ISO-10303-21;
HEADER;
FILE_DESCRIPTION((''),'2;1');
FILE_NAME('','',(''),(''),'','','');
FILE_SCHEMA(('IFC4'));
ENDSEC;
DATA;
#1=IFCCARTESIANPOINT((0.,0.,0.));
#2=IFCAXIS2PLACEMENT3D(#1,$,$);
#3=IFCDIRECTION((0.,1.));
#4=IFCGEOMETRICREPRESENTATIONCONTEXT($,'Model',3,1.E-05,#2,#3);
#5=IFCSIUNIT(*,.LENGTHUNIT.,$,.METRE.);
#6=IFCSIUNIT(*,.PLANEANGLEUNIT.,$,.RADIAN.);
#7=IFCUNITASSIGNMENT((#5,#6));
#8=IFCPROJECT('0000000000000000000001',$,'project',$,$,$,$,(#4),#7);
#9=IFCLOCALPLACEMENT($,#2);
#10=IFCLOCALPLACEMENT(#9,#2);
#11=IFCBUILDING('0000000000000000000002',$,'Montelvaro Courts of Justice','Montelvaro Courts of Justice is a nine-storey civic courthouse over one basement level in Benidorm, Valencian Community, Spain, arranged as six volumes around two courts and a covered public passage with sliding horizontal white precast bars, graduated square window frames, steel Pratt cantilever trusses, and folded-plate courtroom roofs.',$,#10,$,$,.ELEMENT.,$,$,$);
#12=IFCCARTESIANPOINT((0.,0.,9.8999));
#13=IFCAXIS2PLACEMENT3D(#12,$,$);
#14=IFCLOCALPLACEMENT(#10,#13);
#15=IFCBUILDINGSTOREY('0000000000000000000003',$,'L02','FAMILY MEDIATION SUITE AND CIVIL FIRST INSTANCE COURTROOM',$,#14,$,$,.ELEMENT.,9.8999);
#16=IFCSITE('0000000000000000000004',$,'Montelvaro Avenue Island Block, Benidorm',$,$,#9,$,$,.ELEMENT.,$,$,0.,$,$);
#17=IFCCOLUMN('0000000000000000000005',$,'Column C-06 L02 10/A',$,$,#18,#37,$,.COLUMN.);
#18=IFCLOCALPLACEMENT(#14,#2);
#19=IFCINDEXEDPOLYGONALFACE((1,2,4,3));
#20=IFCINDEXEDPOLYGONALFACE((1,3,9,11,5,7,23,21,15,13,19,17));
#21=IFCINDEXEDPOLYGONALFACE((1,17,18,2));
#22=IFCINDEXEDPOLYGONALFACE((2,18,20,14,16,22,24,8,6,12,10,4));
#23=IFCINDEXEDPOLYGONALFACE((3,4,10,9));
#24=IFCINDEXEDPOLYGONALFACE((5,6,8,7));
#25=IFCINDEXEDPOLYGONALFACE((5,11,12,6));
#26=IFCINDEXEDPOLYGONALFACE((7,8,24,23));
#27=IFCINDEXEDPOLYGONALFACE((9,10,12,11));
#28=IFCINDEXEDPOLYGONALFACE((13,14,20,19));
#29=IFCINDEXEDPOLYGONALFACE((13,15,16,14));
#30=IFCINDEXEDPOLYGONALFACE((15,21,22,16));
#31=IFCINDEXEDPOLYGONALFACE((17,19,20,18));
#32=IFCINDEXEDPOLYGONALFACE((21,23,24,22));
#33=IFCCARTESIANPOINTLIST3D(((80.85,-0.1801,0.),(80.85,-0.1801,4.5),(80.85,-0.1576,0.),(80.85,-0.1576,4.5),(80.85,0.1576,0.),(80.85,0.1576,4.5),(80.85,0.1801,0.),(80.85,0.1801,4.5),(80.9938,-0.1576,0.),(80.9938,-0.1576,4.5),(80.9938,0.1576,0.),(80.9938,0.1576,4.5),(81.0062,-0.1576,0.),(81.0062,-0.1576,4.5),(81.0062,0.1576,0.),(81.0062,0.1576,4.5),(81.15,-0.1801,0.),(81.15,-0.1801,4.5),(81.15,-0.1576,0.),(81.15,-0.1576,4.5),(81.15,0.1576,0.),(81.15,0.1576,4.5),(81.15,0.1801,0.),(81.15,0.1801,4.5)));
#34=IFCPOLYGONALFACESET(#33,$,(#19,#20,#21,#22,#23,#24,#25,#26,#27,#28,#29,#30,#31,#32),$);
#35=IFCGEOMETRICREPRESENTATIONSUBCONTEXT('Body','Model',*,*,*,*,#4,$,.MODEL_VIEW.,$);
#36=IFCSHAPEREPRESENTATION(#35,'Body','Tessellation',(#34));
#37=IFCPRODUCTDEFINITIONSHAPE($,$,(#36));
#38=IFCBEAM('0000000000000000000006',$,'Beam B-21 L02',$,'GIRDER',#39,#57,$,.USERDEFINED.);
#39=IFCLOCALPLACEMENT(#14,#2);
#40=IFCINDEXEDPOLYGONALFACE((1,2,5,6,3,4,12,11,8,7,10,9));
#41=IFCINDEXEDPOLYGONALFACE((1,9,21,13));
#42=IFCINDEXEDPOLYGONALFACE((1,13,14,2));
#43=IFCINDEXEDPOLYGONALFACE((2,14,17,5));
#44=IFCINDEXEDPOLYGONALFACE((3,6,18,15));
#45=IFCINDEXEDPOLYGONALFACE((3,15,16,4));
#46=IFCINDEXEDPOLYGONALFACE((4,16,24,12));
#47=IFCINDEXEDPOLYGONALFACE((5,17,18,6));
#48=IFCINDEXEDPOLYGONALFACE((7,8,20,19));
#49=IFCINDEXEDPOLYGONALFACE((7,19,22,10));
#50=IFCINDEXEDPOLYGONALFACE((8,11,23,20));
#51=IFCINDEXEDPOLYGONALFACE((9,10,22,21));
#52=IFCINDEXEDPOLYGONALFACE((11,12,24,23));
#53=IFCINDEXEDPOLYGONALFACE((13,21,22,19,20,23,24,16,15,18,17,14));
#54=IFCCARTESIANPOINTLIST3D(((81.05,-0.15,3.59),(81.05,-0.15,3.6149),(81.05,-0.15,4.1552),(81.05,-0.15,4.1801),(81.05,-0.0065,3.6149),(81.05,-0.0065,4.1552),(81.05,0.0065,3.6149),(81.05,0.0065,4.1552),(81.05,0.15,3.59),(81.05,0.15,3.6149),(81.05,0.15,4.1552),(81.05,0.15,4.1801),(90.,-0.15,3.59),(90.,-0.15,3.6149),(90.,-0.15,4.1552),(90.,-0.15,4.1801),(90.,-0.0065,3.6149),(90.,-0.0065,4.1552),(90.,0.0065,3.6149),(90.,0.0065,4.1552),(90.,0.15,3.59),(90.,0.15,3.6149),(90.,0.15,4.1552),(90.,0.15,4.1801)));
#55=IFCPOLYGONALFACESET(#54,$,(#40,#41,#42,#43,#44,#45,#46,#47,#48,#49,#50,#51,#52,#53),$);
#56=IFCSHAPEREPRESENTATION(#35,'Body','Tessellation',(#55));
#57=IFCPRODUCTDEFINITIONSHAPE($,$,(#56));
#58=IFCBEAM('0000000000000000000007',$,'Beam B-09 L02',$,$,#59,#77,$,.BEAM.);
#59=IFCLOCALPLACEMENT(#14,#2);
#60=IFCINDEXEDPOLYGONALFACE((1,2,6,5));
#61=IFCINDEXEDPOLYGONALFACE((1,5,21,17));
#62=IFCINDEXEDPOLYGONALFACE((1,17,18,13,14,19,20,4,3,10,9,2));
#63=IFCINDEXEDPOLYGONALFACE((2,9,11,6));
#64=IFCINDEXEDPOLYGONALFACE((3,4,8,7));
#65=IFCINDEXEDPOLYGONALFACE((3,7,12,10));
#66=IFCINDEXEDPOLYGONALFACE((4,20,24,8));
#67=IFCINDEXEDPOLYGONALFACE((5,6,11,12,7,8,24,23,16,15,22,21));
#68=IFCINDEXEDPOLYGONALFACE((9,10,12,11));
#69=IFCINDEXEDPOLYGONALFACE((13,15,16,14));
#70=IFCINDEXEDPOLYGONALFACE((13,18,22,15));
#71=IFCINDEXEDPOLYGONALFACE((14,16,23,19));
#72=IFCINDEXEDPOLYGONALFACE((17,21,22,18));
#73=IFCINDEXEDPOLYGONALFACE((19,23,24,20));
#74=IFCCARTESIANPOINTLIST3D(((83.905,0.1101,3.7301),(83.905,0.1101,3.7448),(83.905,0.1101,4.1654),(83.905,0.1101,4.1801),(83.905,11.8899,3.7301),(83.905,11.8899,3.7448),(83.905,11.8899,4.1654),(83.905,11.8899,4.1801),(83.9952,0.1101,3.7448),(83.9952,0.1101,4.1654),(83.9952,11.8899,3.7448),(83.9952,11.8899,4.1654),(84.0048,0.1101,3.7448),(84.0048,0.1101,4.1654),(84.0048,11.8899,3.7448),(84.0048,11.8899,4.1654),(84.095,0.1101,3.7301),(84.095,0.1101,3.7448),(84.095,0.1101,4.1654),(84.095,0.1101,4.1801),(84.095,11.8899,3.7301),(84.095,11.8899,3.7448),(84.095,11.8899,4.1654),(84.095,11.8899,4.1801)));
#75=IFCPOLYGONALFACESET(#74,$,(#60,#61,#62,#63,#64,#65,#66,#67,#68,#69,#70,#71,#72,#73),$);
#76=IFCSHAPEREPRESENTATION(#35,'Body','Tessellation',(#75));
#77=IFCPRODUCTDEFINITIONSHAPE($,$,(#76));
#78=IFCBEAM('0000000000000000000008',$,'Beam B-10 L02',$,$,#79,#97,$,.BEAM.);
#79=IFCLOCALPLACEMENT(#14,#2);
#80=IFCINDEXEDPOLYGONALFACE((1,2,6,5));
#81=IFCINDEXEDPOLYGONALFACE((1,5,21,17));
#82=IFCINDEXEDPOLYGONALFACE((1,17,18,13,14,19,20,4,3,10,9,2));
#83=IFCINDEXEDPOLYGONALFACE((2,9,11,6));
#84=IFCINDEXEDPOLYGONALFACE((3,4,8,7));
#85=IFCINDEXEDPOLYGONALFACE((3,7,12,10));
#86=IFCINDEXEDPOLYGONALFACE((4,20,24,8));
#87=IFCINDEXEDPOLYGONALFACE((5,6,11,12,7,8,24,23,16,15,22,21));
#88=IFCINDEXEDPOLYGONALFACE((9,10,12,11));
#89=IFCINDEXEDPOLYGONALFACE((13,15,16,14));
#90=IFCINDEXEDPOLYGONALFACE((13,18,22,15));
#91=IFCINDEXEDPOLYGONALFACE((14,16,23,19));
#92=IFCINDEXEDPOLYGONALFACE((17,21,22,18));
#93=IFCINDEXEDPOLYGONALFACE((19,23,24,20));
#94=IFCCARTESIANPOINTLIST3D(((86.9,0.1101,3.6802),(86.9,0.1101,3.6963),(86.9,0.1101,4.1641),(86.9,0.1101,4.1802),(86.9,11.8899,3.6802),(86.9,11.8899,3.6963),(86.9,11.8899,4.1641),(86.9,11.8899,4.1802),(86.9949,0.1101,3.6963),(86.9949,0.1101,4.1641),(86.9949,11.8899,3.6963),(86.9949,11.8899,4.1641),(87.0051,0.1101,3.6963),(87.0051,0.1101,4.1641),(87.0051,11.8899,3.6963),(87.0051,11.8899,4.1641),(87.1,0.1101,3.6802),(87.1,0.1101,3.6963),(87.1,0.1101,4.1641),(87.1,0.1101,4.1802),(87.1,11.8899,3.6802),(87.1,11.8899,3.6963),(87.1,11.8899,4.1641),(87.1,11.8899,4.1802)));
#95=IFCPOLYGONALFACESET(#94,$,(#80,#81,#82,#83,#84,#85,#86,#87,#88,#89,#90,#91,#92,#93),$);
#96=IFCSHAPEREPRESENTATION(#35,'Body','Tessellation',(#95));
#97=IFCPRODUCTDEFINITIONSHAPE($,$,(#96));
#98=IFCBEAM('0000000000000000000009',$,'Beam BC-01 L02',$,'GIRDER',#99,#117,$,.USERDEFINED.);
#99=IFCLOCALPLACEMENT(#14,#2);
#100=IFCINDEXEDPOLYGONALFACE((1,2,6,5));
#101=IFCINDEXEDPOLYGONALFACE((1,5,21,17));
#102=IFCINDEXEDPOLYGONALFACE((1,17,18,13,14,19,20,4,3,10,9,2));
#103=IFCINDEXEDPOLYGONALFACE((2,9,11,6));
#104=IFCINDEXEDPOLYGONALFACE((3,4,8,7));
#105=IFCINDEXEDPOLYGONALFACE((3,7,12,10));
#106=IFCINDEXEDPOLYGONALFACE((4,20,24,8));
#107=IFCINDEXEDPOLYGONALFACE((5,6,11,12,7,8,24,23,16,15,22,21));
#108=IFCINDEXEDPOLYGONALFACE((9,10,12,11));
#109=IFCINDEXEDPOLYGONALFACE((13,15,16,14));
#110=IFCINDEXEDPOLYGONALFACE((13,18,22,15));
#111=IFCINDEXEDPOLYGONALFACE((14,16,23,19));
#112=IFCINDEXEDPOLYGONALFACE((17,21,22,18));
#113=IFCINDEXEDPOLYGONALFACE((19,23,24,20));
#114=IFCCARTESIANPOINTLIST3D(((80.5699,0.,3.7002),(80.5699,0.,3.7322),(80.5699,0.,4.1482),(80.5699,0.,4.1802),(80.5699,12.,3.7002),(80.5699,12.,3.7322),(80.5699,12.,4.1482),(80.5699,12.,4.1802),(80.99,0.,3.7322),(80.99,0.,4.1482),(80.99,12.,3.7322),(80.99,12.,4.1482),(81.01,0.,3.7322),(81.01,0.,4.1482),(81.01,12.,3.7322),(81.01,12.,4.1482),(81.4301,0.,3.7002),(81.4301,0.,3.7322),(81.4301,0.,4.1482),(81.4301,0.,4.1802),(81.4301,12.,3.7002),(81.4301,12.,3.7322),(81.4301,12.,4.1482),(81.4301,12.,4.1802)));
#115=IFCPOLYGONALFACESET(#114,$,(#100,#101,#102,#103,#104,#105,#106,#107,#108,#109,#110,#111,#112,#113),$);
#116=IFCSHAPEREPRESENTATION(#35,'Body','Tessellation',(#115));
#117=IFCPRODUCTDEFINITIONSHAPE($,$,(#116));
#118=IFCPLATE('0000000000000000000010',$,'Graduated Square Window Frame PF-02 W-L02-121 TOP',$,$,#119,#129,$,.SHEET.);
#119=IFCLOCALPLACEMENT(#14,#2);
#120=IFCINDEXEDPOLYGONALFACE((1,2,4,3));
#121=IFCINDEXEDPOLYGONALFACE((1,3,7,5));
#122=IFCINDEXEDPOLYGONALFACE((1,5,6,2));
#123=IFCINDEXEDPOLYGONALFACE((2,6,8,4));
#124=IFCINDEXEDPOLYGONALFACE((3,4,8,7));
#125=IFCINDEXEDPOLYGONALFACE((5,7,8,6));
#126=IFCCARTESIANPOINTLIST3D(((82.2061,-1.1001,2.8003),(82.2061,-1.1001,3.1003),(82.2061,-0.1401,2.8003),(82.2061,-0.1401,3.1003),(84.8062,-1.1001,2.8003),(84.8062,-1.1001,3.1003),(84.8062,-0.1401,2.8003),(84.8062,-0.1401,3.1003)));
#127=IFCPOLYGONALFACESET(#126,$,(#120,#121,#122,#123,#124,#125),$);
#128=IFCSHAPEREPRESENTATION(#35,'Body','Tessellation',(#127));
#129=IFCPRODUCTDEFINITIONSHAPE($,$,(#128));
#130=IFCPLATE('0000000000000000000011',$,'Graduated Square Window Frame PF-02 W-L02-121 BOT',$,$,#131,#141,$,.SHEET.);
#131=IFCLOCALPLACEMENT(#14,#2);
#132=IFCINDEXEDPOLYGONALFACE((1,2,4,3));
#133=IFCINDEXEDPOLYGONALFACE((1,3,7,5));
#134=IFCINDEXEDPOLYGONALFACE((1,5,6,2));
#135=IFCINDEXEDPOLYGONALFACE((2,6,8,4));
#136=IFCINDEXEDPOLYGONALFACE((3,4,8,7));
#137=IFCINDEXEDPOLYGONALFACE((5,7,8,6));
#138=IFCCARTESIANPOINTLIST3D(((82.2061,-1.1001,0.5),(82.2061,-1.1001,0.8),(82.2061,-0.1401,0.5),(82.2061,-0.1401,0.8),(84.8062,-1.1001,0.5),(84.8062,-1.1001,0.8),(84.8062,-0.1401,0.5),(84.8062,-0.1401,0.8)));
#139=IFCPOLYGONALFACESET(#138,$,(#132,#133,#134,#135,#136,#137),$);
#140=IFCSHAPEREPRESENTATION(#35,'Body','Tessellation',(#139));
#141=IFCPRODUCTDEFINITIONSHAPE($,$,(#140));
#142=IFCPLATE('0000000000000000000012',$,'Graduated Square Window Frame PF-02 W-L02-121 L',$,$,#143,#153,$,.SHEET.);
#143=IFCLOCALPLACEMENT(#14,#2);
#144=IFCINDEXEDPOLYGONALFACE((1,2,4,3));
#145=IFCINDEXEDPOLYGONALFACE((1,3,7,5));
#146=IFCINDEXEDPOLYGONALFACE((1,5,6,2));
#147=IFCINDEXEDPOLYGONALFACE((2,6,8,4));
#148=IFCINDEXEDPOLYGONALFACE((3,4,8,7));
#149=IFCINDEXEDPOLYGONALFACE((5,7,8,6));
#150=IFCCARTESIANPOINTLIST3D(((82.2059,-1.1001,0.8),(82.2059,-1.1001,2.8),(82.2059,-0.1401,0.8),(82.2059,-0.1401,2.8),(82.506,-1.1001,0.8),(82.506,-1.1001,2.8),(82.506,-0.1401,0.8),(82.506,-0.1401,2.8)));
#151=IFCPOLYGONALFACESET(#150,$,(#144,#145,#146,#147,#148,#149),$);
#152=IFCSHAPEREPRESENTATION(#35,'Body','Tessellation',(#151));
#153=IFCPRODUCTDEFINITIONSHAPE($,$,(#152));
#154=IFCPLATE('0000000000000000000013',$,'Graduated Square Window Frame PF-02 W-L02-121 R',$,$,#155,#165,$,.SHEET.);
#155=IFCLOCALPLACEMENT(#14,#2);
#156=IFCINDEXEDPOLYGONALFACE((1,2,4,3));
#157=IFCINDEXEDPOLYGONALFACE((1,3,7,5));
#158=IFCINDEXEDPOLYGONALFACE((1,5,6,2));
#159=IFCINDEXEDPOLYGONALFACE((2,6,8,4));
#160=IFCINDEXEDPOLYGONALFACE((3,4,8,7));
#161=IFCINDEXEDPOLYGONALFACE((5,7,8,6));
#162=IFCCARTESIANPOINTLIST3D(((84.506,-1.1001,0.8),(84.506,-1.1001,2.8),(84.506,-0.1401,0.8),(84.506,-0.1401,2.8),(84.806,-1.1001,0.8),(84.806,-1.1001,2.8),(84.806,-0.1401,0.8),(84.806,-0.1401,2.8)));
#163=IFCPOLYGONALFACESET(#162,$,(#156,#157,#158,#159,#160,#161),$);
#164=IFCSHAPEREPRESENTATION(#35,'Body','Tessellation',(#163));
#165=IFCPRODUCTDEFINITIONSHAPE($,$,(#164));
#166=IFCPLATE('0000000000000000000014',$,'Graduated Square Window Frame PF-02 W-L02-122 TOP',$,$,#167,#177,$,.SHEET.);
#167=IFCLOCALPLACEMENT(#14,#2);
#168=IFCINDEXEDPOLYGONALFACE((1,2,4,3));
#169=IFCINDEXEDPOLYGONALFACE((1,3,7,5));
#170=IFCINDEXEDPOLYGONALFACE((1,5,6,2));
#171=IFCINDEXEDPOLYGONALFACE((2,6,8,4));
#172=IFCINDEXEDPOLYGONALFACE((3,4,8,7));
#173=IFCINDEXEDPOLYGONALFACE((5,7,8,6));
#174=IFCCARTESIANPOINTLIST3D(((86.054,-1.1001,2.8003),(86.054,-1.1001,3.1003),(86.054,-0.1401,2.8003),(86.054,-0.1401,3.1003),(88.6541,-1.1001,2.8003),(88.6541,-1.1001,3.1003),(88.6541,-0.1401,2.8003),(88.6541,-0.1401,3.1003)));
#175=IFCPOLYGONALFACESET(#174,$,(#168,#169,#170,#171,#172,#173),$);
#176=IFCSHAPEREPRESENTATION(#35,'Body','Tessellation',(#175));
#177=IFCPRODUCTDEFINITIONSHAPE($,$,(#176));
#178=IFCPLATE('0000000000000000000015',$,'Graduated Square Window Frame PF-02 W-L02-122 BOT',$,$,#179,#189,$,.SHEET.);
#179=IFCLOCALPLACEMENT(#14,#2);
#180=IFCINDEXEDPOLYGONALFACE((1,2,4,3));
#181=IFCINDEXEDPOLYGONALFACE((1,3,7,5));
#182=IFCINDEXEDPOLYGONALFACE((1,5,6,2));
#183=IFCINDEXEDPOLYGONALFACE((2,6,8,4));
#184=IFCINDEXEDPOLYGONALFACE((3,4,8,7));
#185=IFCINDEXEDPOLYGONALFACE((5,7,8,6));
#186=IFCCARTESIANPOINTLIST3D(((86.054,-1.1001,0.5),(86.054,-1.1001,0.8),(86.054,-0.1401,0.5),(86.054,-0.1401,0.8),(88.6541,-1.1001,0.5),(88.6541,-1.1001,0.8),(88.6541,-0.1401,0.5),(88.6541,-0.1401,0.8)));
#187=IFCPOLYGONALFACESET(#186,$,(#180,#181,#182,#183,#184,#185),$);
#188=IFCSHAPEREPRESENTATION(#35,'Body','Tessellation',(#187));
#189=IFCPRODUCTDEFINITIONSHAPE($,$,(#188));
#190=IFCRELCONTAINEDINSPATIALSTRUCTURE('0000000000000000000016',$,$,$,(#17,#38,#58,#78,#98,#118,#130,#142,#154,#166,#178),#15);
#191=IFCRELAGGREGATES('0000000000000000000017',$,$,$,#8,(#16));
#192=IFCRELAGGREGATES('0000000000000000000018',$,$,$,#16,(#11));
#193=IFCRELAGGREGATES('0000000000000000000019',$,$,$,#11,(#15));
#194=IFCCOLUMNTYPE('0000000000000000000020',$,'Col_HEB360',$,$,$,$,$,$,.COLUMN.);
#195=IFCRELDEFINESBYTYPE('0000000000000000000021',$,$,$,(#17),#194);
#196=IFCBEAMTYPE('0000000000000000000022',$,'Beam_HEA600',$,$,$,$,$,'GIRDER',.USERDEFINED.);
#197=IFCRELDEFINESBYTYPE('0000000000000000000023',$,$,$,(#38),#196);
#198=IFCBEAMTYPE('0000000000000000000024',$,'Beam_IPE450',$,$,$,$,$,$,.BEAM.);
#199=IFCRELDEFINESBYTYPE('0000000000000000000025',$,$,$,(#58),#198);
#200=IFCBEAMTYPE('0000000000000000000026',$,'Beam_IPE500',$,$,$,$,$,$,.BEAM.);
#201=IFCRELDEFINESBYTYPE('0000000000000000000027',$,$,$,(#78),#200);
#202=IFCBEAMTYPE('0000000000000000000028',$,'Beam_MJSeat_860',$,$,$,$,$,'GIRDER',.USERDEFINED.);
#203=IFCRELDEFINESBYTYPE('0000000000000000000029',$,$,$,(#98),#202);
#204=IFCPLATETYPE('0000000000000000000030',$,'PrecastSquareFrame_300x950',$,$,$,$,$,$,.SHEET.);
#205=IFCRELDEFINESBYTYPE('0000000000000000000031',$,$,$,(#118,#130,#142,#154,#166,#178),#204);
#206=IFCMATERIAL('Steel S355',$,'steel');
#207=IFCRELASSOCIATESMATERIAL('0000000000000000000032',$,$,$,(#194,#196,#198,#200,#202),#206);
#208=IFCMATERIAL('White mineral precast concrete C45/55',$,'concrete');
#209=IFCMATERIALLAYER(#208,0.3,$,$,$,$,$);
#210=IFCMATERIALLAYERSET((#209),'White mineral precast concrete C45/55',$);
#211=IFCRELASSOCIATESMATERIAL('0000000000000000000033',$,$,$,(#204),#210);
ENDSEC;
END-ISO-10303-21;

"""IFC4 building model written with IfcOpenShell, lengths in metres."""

from ifc_helpers import new_model, si_unit, direction, frame, origin, origin_2d, place, context, subcontext, project, spatial, rectangle, i_section, extrude, material, layer, layer_set, material_profile, profile_set, type_object, element, save


model = new_model("IFC4")

# Units and contexts
model_context = context("Model", 3, precision=1e-05, world=origin(), true_north=direction((0.0, 1.0)))
body_context = subcontext(model_context, "Body", "Model", "MODEL_VIEW")
ifc_project = project(units=[si_unit("LENGTHUNIT", "METRE"), si_unit("PLANEANGLEUNIT", "RADIAN")], contexts=[model_context])

# Site, building, storey
site_placement = place(None, origin())
site = spatial("IfcSite", under=ifc_project, at=site_placement, Name="Montelvaro Avenue Island Block, Benidorm", CompositionType="ELEMENT", RefElevation=0.0)
building_placement = place(site_placement, origin())
building = spatial("IfcBuilding", under=site, at=building_placement, Name="Montelvaro Courts of Justice", Description="Montelvaro Courts of Justice is a nine-storey civic courthouse over one basement level in Benidorm, Valencian Community, Spain, arranged as six volumes around two courts and a covered public passage with sliding horizontal white precast bars, graduated square window frames, steel Pratt cantilever trusses, and folded-plate courtroom roofs.", CompositionType="ELEMENT")
storey_placement = place(building_placement, frame((0.0, 0.0, 9.8999)))
storey = spatial("IfcBuildingStorey", under=building, at=storey_placement, Name="L02", Description="FAMILY MEDIATION SUITE AND CIVIL FIRST INSTANCE COURTROOM", CompositionType="ELEMENT", Elevation=9.8999)

# Column
ifc_material_1 = material(Name="Steel S355", Category="steel")
ifc_material_profile_1 = material_profile(ifc_material_1, i_section(OverallWidth=0.3, OverallDepth=0.3601, WebThickness=0.0125, FlangeThickness=0.0225, at=origin_2d()), Name="HEB 360")
ifc_profile_set_1 = profile_set([ifc_material_profile_1], Name="Steel S355")
column_type = type_object("IfcColumnType", Name="Col_HEB360", PredefinedType="COLUMN", material=ifc_profile_set_1)
column_placement = place(storey_placement, frame((81.0, 0.0, 0.0), z_axis=(0.0, 0.0, 1.0), x_axis=(1.0, 0.0, 0.0)))
element("IfcColumn", 1, at=column_placement, inside=storey, type_object=column_type, Name="Column C-06 L02 10/A", PredefinedType="COLUMN", context=body_context, shape_type="SweptSolid", body=[
    extrude(i_section(OverallWidth=0.3, OverallDepth=0.3601, WebThickness=0.0125, FlangeThickness=0.0225, at=origin_2d()), origin(), (0.0, 0.0, 1.0), 4.5),
])

# Beams
ifc_material_profile_2 = material_profile(ifc_material_1, i_section(OverallWidth=0.3, OverallDepth=0.5901, WebThickness=0.0129, FlangeThickness=0.0249, at=origin_2d()), Name="HEA 600")
ifc_profile_set_2 = profile_set([ifc_material_profile_2], Name="Steel S355")
beam_type_1 = type_object("IfcBeamType", Name="Beam_HEA600", ElementType="GIRDER", PredefinedType="USERDEFINED", material=ifc_profile_set_2)
beam_1_placement = place(storey_placement, frame((81.05, 0.0, 3.885), z_axis=(1.0, 0.0, 0.0), x_axis=(0.0, 1.0, 0.0)))
element("IfcBeam", 2, at=beam_1_placement, inside=storey, type_object=beam_type_1, Name="Beam B-21 L02", ObjectType="GIRDER", PredefinedType="USERDEFINED", context=body_context, shape_type="SweptSolid", body=[
    extrude(i_section(OverallWidth=0.3, OverallDepth=0.5901, WebThickness=0.0129, FlangeThickness=0.0249, at=origin_2d()), origin(), (0.0, 0.0, 1.0), 8.95),
])
ifc_material_profile_3 = material_profile(ifc_material_1, i_section(OverallWidth=0.1899, OverallDepth=0.45, WebThickness=0.0095, FlangeThickness=0.0146, at=origin_2d()), Name="IPE 450")
ifc_profile_set_3 = profile_set([ifc_material_profile_3], Name="Steel S355")
beam_type_2 = type_object("IfcBeamType", Name="Beam_IPE450", PredefinedType="BEAM", material=ifc_profile_set_3)
beam_2_placement = place(storey_placement, frame((84.0, 0.1101, 3.9551), z_axis=(0.0, 1.0, 0.0), x_axis=(-1.0, 0.0, 0.0)))
element("IfcBeam", 3, at=beam_2_placement, inside=storey, type_object=beam_type_2, Name="Beam B-09 L02", PredefinedType="BEAM", context=body_context, shape_type="SweptSolid", body=[
    extrude(i_section(OverallWidth=0.1899, OverallDepth=0.45, WebThickness=0.0095, FlangeThickness=0.0146, at=origin_2d()), origin(), (0.0, 0.0, 1.0), 11.7798),
])
ifc_material_profile_4 = material_profile(ifc_material_1, i_section(OverallWidth=0.2, OverallDepth=0.5, WebThickness=0.0103, FlangeThickness=0.0161, at=origin_2d()), Name="IPE 500")
ifc_profile_set_4 = profile_set([ifc_material_profile_4], Name="Steel S355")
beam_type_3 = type_object("IfcBeamType", Name="Beam_IPE500", PredefinedType="BEAM", material=ifc_profile_set_4)
beam_3_placement = place(storey_placement, frame((87.0, 0.1101, 3.9302), z_axis=(0.0, 1.0, 0.0), x_axis=(-1.0, 0.0, 0.0)))
element("IfcBeam", 4, at=beam_3_placement, inside=storey, type_object=beam_type_3, Name="Beam B-10 L02", PredefinedType="BEAM", context=body_context, shape_type="SweptSolid", body=[
    extrude(i_section(OverallWidth=0.2, OverallDepth=0.5, WebThickness=0.0103, FlangeThickness=0.0161, at=origin_2d()), origin(), (0.0, 0.0, 1.0), 11.7798),
])
ifc_material_profile_5 = material_profile(ifc_material_1, i_section(OverallWidth=0.8601, OverallDepth=0.48, WebThickness=0.02, FlangeThickness=0.032, at=origin_2d()), Name="HL 480x860")
ifc_profile_set_5 = profile_set([ifc_material_profile_5], Name="Steel S355")
beam_type_4 = type_object("IfcBeamType", Name="Beam_MJSeat_860", ElementType="GIRDER", PredefinedType="USERDEFINED", material=ifc_profile_set_5)
beam_4_placement = place(storey_placement, frame((81.0, 0.0, 3.9402), z_axis=(0.0, 1.0, 0.0), x_axis=(-1.0, 0.0, 0.0)))
element("IfcBeam", 5, at=beam_4_placement, inside=storey, type_object=beam_type_4, Name="Beam BC-01 L02", ObjectType="GIRDER", PredefinedType="USERDEFINED", context=body_context, shape_type="SweptSolid", body=[
    extrude(i_section(OverallWidth=0.8601, OverallDepth=0.48, WebThickness=0.02, FlangeThickness=0.032, at=origin_2d()), origin(), (0.0, 0.0, 1.0), 12.0),
])

# Plates
ifc_material_2 = material(Name="White mineral precast concrete C45/55", Category="concrete")
ifc_layer_1 = layer(ifc_material_2, 0.3)
ifc_layer_set_1 = layer_set([ifc_layer_1], Name="White mineral precast concrete C45/55")
plate_type = type_object("IfcPlateType", Name="PrecastSquareFrame_300x950", PredefinedType="SHEET", material=ifc_layer_set_1)
for number, where, z_axis, x_axis, name in (
    (6, (83.5061, -0.6201, 2.8003), (0.0, 0.0, 1.0), (1.0, 0.0, 0.0), "Graduated Square Window Frame PF-02 W-L02-121 TOP"),
    (7, (83.5061, -0.6201, 0.5), (0.0, 0.0, 1.0), (1.0, 0.0, 0.0), "Graduated Square Window Frame PF-02 W-L02-121 BOT"),
):
    element("IfcPlate", number, at=place(storey_placement, frame(where, z_axis=z_axis, x_axis=x_axis)), inside=storey, type_object=plate_type, Name=name, PredefinedType="SHEET", context=body_context, shape_type="SweptSolid", body=[
        extrude(rectangle(XDim=2.6001, YDim=0.96, at=origin_2d()), origin(), (0.0, 0.0, 1.0), 0.3),
    ])
for number, where, z_axis, x_axis, name in (
    (8, (82.356, -0.6201, 0.8), (0.0, 0.0, 1.0), (1.0, 0.0, 0.0), "Graduated Square Window Frame PF-02 W-L02-121 L"),
    (9, (84.656, -0.6201, 0.8), (0.0, 0.0, 1.0), (1.0, 0.0, 0.0), "Graduated Square Window Frame PF-02 W-L02-121 R"),
):
    element("IfcPlate", number, at=place(storey_placement, frame(where, z_axis=z_axis, x_axis=x_axis)), inside=storey, type_object=plate_type, Name=name, PredefinedType="SHEET", context=body_context, shape_type="SweptSolid", body=[
        extrude(rectangle(XDim=0.3, YDim=0.96, at=origin_2d()), origin(), (0.0, 0.0, 1.0), 2.0),
    ])
for number, where, z_axis, x_axis, name in (
    (10, (87.354, -0.6201, 2.8003), (0.0, 0.0, 1.0), (1.0, 0.0, 0.0), "Graduated Square Window Frame PF-02 W-L02-122 TOP"),
    (11, (87.354, -0.6201, 0.5), (0.0, 0.0, 1.0), (1.0, 0.0, 0.0), "Graduated Square Window Frame PF-02 W-L02-122 BOT"),
):
    element("IfcPlate", number, at=place(storey_placement, frame(where, z_axis=z_axis, x_axis=x_axis)), inside=storey, type_object=plate_type, Name=name, PredefinedType="SHEET", context=body_context, shape_type="SweptSolid", body=[
        extrude(rectangle(XDim=2.6001, YDim=0.96, at=origin_2d()), origin(), (0.0, 0.0, 1.0), 0.3),
    ])

save(model, "model.ifc")
